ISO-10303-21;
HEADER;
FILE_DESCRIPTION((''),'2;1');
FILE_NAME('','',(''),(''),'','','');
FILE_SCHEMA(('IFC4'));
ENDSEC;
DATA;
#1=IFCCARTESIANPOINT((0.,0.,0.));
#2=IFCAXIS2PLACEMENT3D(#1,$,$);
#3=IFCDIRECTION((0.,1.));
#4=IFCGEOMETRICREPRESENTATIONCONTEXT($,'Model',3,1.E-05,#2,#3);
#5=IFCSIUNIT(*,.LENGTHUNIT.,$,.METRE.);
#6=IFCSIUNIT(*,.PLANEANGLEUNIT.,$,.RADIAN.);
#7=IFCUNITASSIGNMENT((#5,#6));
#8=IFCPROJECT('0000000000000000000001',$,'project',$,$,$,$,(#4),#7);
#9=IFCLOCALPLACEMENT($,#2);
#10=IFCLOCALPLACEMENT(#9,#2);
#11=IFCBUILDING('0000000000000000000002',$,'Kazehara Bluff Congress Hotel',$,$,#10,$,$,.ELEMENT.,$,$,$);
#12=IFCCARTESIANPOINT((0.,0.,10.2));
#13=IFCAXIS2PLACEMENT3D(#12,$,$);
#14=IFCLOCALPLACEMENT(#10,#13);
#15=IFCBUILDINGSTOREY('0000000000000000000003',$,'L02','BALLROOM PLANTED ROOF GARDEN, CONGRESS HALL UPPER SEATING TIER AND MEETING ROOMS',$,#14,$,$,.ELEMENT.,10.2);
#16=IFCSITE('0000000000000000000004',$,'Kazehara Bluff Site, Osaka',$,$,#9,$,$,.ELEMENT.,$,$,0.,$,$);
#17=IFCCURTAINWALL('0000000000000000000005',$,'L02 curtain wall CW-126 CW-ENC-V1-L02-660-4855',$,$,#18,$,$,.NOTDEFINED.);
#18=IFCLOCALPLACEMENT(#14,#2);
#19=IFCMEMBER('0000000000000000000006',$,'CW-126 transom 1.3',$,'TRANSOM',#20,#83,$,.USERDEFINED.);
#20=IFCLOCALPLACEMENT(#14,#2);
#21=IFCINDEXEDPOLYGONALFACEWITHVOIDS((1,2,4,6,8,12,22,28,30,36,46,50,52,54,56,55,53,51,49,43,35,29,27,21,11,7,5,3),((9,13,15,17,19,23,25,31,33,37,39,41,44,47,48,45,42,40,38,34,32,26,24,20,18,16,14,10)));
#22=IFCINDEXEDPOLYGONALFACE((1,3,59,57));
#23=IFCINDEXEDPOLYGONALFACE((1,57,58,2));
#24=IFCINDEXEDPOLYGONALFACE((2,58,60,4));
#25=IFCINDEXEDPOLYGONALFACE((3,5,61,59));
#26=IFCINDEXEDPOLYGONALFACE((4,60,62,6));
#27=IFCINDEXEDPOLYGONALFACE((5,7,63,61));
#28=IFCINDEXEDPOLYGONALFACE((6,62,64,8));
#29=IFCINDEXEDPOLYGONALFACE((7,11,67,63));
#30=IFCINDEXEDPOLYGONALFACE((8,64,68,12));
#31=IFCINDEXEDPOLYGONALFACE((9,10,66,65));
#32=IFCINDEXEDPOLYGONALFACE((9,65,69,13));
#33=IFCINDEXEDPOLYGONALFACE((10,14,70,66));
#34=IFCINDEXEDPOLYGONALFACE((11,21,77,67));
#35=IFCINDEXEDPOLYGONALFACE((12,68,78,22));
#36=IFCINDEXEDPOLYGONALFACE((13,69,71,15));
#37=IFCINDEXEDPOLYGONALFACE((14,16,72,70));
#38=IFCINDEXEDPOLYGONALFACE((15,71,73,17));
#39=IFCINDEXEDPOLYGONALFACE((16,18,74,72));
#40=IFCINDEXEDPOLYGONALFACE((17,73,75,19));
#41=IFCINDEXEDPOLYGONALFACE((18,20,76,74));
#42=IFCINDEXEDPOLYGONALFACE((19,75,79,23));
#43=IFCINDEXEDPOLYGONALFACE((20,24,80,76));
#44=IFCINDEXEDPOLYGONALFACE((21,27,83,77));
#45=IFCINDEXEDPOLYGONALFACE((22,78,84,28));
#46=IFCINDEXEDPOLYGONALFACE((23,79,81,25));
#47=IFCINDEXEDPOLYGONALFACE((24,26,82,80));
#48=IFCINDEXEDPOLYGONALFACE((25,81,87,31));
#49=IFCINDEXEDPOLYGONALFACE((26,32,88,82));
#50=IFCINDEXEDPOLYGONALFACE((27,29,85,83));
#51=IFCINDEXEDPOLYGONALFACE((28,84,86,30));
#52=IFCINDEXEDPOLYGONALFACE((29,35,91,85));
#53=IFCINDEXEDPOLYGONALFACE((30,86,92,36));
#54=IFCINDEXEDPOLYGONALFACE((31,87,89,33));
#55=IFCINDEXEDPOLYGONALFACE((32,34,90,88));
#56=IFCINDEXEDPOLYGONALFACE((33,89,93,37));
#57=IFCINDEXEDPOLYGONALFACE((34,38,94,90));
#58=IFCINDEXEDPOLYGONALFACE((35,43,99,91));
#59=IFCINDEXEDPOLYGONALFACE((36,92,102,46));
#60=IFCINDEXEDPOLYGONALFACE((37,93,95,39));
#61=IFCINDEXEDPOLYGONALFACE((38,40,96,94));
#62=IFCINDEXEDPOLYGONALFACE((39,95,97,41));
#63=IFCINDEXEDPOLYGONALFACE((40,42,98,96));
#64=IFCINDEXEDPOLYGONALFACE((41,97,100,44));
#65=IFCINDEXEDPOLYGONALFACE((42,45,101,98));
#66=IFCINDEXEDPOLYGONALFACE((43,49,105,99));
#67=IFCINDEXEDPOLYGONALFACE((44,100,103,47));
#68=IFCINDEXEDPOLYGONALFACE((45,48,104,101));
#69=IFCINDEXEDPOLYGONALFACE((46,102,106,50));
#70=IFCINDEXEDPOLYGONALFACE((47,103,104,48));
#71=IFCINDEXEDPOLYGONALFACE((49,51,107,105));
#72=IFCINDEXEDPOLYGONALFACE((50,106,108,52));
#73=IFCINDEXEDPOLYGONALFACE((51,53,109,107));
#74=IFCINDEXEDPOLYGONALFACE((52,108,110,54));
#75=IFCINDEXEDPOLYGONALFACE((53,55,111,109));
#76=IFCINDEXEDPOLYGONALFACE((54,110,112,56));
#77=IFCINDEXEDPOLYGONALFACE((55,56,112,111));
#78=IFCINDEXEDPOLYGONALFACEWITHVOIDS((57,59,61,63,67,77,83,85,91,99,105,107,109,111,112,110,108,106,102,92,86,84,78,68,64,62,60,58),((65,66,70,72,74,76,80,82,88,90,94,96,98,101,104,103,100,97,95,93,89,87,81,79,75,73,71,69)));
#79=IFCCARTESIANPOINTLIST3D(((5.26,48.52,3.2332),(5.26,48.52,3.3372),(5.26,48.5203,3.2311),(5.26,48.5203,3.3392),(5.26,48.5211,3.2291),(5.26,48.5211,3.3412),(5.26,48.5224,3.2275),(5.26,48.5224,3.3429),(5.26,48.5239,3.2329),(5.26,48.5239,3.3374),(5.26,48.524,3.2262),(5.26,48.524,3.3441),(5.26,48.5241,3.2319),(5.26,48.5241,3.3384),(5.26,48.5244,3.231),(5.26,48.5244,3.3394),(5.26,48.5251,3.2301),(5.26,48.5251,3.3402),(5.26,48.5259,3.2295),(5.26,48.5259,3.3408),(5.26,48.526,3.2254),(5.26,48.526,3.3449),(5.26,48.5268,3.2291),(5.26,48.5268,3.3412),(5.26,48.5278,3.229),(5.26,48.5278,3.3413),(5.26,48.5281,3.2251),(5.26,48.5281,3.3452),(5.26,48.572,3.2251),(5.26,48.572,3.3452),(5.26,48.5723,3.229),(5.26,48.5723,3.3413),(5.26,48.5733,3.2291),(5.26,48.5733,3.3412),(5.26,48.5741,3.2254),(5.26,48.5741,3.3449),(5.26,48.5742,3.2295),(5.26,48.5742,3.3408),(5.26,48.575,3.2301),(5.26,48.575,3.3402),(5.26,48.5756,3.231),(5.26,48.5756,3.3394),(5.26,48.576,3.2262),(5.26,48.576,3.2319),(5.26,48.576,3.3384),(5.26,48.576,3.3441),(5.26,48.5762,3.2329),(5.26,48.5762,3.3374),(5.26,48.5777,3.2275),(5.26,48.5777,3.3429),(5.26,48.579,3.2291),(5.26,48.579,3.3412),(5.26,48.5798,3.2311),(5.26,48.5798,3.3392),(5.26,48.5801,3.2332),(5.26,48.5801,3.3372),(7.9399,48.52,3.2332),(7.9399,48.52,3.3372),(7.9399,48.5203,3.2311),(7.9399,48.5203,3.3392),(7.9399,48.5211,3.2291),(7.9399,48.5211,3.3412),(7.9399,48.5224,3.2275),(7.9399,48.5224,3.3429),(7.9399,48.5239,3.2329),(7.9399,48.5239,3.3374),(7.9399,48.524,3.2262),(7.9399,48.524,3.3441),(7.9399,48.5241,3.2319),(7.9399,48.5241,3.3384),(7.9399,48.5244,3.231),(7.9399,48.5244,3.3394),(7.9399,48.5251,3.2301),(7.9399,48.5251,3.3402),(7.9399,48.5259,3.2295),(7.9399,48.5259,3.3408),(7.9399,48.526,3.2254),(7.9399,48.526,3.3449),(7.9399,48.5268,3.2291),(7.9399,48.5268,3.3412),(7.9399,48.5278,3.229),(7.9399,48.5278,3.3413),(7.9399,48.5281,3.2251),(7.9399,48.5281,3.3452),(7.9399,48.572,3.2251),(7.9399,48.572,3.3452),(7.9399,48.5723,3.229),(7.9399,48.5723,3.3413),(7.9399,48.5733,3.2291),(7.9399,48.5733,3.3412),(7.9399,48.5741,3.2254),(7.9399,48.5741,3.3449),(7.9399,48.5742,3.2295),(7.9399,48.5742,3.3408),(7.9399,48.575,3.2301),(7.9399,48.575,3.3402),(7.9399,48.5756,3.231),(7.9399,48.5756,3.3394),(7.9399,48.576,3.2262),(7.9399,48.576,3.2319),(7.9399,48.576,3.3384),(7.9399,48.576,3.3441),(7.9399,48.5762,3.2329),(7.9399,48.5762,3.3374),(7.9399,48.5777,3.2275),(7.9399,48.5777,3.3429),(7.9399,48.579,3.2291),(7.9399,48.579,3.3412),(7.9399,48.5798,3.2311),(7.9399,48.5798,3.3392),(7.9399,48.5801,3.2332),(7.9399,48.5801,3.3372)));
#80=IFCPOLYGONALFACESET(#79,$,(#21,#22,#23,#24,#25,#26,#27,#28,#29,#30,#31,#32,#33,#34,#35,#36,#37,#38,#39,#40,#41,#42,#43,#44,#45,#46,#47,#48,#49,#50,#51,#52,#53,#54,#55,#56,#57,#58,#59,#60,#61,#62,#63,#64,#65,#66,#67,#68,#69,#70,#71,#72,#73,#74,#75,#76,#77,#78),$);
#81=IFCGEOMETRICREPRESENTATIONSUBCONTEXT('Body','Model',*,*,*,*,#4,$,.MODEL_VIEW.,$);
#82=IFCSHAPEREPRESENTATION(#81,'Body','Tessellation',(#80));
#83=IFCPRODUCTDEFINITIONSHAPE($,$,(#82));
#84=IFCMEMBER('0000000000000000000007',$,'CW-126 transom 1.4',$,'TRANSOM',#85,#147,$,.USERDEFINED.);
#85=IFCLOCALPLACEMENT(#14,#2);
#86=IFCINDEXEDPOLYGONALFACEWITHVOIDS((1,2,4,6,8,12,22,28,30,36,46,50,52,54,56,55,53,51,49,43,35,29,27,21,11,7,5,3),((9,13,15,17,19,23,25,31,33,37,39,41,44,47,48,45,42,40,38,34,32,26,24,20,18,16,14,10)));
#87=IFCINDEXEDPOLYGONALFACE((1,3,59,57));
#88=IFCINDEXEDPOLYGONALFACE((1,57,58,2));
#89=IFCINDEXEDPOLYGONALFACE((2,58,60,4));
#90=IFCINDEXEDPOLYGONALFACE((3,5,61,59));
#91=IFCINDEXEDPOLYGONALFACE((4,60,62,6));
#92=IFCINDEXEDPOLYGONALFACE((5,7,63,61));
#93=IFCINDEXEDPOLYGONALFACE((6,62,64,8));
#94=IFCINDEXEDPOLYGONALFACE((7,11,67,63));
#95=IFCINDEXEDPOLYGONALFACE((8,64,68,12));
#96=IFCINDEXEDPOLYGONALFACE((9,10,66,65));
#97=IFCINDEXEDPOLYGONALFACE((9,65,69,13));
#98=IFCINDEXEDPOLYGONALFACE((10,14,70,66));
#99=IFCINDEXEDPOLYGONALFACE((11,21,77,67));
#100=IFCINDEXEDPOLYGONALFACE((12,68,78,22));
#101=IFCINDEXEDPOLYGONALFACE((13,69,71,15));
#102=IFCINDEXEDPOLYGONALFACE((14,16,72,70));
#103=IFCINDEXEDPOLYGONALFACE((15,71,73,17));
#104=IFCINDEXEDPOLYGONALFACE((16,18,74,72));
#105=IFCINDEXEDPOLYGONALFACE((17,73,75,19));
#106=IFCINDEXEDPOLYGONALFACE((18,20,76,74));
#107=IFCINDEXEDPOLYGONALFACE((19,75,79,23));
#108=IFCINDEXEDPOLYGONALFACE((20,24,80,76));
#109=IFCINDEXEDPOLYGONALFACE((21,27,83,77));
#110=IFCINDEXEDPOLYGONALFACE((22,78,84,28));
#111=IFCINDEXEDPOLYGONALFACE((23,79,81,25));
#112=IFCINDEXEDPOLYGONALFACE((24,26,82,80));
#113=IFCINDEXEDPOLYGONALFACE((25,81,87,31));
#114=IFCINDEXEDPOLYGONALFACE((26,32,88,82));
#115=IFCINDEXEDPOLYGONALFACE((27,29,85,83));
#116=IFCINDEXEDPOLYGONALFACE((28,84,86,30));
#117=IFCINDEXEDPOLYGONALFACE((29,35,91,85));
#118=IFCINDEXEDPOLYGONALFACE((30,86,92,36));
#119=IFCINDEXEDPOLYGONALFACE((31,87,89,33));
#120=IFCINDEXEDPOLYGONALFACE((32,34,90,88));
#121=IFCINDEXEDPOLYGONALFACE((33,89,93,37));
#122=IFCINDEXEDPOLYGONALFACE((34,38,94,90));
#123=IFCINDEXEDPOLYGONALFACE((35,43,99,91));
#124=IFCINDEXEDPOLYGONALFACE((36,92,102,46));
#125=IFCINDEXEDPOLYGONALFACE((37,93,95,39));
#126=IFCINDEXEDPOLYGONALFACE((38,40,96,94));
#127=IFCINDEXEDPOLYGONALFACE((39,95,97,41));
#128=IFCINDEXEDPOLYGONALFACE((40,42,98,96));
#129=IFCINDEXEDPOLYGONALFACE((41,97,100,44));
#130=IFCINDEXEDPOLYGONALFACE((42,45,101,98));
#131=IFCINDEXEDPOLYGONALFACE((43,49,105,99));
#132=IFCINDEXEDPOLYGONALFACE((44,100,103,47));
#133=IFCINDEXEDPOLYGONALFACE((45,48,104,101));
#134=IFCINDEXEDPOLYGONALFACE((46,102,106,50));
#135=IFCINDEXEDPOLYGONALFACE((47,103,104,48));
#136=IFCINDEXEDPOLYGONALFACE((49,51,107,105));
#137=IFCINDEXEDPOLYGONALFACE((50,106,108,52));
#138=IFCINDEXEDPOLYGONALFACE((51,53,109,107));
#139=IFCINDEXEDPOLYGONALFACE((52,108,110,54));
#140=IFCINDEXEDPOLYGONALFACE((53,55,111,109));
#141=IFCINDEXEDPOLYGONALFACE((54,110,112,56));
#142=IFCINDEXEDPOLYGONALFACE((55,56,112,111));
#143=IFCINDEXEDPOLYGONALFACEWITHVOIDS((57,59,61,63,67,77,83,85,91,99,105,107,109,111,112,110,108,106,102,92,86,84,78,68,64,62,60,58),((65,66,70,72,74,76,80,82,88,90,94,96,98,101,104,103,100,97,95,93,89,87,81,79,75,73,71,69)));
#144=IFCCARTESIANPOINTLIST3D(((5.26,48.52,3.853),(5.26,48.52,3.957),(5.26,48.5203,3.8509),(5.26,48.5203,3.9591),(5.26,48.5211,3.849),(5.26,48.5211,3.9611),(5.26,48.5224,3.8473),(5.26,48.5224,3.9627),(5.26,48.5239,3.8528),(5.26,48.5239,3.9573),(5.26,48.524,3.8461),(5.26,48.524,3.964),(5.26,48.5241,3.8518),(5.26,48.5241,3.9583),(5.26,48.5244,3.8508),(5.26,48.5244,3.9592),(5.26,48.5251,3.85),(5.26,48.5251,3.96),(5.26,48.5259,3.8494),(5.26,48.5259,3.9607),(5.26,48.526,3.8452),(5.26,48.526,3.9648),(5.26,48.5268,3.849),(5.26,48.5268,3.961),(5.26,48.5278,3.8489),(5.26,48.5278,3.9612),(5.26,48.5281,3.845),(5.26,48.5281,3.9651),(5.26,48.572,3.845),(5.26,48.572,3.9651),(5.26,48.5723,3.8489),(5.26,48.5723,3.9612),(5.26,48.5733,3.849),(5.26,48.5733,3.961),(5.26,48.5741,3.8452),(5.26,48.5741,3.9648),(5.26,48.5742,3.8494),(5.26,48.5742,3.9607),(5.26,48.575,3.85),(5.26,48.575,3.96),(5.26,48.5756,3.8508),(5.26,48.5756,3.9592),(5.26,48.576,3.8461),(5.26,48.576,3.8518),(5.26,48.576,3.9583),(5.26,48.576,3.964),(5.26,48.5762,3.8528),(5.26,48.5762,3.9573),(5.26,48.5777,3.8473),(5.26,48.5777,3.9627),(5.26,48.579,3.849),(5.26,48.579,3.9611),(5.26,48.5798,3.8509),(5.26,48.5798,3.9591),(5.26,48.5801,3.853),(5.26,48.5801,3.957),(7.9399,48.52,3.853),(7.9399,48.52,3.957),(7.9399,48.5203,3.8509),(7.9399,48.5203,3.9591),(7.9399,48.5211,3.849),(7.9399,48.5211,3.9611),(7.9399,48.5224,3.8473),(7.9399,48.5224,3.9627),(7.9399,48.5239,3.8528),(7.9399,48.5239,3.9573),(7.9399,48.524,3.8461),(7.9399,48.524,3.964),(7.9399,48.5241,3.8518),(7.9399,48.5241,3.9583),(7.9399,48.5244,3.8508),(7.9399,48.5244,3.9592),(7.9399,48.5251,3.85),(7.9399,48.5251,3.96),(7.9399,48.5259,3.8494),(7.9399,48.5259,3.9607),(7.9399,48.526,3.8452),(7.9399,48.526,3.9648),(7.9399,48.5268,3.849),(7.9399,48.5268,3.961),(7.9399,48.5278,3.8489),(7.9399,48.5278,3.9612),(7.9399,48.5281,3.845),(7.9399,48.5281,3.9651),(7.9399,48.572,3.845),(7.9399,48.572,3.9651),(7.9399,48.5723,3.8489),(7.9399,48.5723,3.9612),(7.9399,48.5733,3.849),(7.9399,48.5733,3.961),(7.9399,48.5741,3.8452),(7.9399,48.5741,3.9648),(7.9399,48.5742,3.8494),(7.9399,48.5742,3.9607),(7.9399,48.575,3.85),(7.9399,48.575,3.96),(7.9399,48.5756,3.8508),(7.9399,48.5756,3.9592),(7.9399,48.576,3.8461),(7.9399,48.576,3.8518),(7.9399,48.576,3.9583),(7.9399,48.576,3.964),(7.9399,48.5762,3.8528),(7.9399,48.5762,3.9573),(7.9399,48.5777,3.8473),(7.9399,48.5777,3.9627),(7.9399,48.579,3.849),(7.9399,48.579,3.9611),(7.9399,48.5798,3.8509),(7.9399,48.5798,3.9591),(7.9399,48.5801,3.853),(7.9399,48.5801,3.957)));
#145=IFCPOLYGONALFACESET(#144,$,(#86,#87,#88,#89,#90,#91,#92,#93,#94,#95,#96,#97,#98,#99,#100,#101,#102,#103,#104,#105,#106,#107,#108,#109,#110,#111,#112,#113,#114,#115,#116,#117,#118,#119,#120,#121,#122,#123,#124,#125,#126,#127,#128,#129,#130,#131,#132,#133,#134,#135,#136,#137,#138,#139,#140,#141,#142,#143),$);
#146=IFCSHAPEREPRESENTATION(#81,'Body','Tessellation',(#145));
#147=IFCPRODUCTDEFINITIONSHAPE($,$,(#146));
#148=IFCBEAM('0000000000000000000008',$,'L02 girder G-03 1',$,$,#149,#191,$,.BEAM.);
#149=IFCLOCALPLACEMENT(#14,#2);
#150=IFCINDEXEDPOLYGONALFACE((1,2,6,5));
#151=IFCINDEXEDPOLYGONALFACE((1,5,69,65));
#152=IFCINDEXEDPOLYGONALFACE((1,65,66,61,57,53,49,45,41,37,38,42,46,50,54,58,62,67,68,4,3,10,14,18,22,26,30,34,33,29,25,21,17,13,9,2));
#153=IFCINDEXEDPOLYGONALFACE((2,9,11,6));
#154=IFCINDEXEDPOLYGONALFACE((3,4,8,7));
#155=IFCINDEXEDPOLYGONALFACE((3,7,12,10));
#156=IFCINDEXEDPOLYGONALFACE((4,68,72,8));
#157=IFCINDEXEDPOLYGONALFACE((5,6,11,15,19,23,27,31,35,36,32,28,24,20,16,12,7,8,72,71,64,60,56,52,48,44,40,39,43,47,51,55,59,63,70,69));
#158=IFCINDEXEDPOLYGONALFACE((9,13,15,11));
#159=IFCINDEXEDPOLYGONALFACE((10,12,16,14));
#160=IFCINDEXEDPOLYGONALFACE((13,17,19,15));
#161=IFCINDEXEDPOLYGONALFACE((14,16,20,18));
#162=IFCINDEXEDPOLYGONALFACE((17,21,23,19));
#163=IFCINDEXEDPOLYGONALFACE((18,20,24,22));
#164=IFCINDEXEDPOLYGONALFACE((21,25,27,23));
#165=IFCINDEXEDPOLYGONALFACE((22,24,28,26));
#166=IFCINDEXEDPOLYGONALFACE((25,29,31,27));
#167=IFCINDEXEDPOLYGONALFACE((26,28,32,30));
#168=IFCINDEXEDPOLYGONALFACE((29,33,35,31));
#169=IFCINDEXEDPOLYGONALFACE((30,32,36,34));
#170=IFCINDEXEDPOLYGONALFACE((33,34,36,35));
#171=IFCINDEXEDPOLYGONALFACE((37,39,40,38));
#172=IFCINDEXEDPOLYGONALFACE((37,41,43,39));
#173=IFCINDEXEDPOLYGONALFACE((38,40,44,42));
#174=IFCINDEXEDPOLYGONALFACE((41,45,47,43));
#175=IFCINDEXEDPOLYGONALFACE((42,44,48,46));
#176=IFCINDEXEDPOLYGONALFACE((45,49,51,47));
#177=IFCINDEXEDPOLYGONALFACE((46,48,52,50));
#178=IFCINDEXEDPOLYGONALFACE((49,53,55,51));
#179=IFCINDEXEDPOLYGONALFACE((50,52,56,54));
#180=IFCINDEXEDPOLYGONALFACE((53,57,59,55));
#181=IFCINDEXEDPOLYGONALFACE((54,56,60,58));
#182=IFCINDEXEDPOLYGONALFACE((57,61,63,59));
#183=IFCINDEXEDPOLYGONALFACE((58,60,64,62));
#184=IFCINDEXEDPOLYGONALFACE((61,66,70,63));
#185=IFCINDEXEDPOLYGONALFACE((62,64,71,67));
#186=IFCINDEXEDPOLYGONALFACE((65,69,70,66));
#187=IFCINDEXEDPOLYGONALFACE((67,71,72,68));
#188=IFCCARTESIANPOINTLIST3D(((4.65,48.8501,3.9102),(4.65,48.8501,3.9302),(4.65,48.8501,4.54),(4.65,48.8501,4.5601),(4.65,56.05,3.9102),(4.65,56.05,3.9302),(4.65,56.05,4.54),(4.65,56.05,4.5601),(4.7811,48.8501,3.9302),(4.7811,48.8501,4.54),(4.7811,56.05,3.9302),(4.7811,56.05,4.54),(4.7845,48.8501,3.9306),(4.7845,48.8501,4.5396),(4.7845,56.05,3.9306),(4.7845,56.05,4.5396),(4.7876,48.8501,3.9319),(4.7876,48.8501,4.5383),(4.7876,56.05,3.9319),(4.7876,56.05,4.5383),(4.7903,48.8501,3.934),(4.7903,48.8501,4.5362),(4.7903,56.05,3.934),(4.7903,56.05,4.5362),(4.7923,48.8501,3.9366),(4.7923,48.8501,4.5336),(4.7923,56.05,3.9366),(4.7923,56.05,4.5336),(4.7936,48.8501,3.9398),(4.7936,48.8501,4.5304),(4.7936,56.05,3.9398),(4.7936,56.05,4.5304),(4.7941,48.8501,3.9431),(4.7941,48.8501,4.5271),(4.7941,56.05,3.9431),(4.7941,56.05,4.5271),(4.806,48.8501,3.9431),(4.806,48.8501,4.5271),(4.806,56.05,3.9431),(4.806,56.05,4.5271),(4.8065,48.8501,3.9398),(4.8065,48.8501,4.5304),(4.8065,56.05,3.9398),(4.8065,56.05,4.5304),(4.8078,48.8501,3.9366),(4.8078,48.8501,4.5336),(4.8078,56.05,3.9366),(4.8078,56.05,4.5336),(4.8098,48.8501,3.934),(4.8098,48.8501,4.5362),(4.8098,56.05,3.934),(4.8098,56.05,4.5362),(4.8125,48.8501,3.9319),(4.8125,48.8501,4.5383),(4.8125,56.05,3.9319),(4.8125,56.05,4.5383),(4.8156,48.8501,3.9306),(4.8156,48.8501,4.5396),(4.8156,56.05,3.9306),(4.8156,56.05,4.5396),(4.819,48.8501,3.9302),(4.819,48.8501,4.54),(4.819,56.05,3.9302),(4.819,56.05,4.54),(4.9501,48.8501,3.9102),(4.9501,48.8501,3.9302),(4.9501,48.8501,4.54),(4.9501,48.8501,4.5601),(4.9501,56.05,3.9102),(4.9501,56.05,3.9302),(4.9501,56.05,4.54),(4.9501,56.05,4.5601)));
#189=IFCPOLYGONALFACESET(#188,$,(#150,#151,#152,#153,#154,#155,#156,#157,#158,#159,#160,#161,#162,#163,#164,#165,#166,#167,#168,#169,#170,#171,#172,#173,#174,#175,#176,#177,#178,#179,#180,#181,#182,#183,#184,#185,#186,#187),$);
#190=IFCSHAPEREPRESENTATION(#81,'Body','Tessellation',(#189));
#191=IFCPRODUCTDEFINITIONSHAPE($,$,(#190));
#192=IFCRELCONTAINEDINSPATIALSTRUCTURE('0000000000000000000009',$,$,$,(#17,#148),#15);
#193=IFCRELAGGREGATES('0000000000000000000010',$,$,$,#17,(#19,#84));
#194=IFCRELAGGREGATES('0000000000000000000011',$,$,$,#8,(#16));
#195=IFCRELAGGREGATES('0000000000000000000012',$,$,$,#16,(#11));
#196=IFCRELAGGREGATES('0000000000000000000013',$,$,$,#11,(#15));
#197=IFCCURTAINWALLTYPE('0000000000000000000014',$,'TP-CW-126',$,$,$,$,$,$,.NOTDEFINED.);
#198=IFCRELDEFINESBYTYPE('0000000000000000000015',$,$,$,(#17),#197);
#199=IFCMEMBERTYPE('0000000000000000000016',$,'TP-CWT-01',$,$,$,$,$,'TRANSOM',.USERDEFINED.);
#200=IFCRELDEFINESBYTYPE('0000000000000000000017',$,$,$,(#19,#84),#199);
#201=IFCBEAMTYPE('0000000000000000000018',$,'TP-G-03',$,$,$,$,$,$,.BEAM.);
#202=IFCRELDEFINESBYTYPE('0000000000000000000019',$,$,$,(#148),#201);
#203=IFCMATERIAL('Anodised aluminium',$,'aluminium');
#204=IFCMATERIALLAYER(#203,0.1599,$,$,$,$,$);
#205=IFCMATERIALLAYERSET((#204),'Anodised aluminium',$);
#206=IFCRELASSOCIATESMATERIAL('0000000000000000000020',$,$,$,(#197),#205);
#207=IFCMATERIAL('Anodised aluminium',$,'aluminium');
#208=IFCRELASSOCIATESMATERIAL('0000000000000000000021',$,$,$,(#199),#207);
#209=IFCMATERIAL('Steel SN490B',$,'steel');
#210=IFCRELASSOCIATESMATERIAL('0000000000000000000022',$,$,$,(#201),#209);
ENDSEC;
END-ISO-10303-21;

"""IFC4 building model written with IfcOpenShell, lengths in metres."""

from ifc_helpers import new_model, si_unit, direction, frame, origin, origin_2d, place, context, subcontext, project, spatial, hollow_rectangle, i_section, extrude, material, layer, layer_set, material_profile, profile_set, type_object, element, aggregate, save


model = new_model("IFC4")

# Units and contexts
model_context = context("Model", 3, precision=1e-05, world=origin(), true_north=direction((0.0, 1.0)))
body_context = subcontext(model_context, "Body", "Model", "MODEL_VIEW")
ifc_project = project(units=[si_unit("LENGTHUNIT", "METRE"), si_unit("PLANEANGLEUNIT", "RADIAN")], contexts=[model_context])

# Site, building, storey
site_placement = place(None, origin())
site = spatial("IfcSite", under=ifc_project, at=site_placement, Name="Kazehara Bluff Site, Osaka", CompositionType="ELEMENT", RefElevation=0.0)
building_placement = place(site_placement, origin())
building = spatial("IfcBuilding", under=site, at=building_placement, Name="Kazehara Bluff Congress Hotel", CompositionType="ELEMENT")
storey_placement = place(building_placement, frame((0.0, 0.0, 10.2)))
storey = spatial("IfcBuildingStorey", under=building, at=storey_placement, Name="L02", Description="BALLROOM PLANTED ROOF GARDEN, CONGRESS HALL UPPER SEATING TIER AND MEETING ROOMS", CompositionType="ELEMENT", Elevation=10.2)

# Curtain wall, members
ifc_material_1 = material(Name="Anodised aluminium", Category="aluminium")
ifc_layer_1 = layer(ifc_material_1, 0.1599)
ifc_layer_set_1 = layer_set([ifc_layer_1], Name="Anodised aluminium")
curtain_wall_type = type_object("IfcCurtainWallType", Name="TP-CW-126", PredefinedType="NOTDEFINED", material=ifc_layer_set_1)
curtain_wall_placement = place(storey_placement, origin())
curtain_wall = element("IfcCurtainWall", 1, at=curtain_wall_placement, inside=storey, type_object=curtain_wall_type, Name="L02 curtain wall CW-126 CW-ENC-V1-L02-660-4855", PredefinedType="NOTDEFINED")
ifc_material_2 = material(Name="Anodised aluminium", Category="aluminium")
ifc_material_profile_1 = material_profile(ifc_material_2, hollow_rectangle(XDim=0.0601, YDim=0.1201, WallThickness=0.0039, InnerFilletRadius=0.0039, OuterFilletRadius=0.0081, at=origin_2d()))
ifc_profile_set_1 = profile_set([ifc_material_profile_1], Name="Anodised aluminium")
member_type_1 = type_object("IfcMemberType", Name="TP-CWT-01", ElementType="TRANSOM", PredefinedType="USERDEFINED", material=ifc_profile_set_1)
member_1_placement = place(storey_placement, frame((7.9399, 48.55, 3.2852), z_axis=(-1.0, 0.0, 0.0), x_axis=(0.0, -1.0, 0.0)))
member_1 = element("IfcMember", 2, at=member_1_placement, type_object=member_type_1, Name="CW-126 transom 1.3", ObjectType="TRANSOM", PredefinedType="USERDEFINED", context=body_context, shape_type="SweptSolid", body=[
    extrude(hollow_rectangle(XDim=0.0601, YDim=0.1201, WallThickness=0.0039, InnerFilletRadius=0.0039, OuterFilletRadius=0.0081, at=origin_2d()), origin(), (0.0, 0.0, 1.0), 2.6799),
])
member_2_placement = place(storey_placement, frame((7.9399, 48.55, 3.905), z_axis=(-1.0, 0.0, 0.0), x_axis=(0.0, -1.0, 0.0)))
member_2 = element("IfcMember", 3, at=member_2_placement, type_object=member_type_1, Name="CW-126 transom 1.4", ObjectType="TRANSOM", PredefinedType="USERDEFINED", context=body_context, shape_type="SweptSolid", body=[
    extrude(hollow_rectangle(XDim=0.0601, YDim=0.1201, WallThickness=0.0039, InnerFilletRadius=0.0039, OuterFilletRadius=0.0081, at=origin_2d()), origin(), (0.0, 0.0, 1.0), 2.6799),
])

# Beam
ifc_material_3 = material(Name="Steel SN490B", Category="steel")
ifc_material_profile_2 = material_profile(ifc_material_3, i_section(OverallWidth=0.3, OverallDepth=0.6499, WebThickness=0.012, FlangeThickness=0.02, FilletRadius=0.0129, at=origin_2d()))
ifc_profile_set_2 = profile_set([ifc_material_profile_2], Name="Steel SN490B")
beam_type_1 = type_object("IfcBeamType", Name="TP-G-03", PredefinedType="BEAM", material=ifc_profile_set_2)
beam_1_placement = place(storey_placement, frame((4.8, 48.8501, 4.2351), z_axis=(0.0, 1.0, 0.0), x_axis=(-1.0, 0.0, 0.0)))
element("IfcBeam", 4, at=beam_1_placement, inside=storey, type_object=beam_type_1, Name="L02 girder G-03 1", PredefinedType="BEAM", context=body_context, shape_type="SweptSolid", body=[
    extrude(i_section(OverallWidth=0.3, OverallDepth=0.6499, WebThickness=0.012, FlangeThickness=0.02, FilletRadius=0.0129, at=origin_2d()), origin(), (0.0, 0.0, 1.0), 7.2),
])

aggregate(curtain_wall, [member_1, member_2])

save(model, "model.ifc")
